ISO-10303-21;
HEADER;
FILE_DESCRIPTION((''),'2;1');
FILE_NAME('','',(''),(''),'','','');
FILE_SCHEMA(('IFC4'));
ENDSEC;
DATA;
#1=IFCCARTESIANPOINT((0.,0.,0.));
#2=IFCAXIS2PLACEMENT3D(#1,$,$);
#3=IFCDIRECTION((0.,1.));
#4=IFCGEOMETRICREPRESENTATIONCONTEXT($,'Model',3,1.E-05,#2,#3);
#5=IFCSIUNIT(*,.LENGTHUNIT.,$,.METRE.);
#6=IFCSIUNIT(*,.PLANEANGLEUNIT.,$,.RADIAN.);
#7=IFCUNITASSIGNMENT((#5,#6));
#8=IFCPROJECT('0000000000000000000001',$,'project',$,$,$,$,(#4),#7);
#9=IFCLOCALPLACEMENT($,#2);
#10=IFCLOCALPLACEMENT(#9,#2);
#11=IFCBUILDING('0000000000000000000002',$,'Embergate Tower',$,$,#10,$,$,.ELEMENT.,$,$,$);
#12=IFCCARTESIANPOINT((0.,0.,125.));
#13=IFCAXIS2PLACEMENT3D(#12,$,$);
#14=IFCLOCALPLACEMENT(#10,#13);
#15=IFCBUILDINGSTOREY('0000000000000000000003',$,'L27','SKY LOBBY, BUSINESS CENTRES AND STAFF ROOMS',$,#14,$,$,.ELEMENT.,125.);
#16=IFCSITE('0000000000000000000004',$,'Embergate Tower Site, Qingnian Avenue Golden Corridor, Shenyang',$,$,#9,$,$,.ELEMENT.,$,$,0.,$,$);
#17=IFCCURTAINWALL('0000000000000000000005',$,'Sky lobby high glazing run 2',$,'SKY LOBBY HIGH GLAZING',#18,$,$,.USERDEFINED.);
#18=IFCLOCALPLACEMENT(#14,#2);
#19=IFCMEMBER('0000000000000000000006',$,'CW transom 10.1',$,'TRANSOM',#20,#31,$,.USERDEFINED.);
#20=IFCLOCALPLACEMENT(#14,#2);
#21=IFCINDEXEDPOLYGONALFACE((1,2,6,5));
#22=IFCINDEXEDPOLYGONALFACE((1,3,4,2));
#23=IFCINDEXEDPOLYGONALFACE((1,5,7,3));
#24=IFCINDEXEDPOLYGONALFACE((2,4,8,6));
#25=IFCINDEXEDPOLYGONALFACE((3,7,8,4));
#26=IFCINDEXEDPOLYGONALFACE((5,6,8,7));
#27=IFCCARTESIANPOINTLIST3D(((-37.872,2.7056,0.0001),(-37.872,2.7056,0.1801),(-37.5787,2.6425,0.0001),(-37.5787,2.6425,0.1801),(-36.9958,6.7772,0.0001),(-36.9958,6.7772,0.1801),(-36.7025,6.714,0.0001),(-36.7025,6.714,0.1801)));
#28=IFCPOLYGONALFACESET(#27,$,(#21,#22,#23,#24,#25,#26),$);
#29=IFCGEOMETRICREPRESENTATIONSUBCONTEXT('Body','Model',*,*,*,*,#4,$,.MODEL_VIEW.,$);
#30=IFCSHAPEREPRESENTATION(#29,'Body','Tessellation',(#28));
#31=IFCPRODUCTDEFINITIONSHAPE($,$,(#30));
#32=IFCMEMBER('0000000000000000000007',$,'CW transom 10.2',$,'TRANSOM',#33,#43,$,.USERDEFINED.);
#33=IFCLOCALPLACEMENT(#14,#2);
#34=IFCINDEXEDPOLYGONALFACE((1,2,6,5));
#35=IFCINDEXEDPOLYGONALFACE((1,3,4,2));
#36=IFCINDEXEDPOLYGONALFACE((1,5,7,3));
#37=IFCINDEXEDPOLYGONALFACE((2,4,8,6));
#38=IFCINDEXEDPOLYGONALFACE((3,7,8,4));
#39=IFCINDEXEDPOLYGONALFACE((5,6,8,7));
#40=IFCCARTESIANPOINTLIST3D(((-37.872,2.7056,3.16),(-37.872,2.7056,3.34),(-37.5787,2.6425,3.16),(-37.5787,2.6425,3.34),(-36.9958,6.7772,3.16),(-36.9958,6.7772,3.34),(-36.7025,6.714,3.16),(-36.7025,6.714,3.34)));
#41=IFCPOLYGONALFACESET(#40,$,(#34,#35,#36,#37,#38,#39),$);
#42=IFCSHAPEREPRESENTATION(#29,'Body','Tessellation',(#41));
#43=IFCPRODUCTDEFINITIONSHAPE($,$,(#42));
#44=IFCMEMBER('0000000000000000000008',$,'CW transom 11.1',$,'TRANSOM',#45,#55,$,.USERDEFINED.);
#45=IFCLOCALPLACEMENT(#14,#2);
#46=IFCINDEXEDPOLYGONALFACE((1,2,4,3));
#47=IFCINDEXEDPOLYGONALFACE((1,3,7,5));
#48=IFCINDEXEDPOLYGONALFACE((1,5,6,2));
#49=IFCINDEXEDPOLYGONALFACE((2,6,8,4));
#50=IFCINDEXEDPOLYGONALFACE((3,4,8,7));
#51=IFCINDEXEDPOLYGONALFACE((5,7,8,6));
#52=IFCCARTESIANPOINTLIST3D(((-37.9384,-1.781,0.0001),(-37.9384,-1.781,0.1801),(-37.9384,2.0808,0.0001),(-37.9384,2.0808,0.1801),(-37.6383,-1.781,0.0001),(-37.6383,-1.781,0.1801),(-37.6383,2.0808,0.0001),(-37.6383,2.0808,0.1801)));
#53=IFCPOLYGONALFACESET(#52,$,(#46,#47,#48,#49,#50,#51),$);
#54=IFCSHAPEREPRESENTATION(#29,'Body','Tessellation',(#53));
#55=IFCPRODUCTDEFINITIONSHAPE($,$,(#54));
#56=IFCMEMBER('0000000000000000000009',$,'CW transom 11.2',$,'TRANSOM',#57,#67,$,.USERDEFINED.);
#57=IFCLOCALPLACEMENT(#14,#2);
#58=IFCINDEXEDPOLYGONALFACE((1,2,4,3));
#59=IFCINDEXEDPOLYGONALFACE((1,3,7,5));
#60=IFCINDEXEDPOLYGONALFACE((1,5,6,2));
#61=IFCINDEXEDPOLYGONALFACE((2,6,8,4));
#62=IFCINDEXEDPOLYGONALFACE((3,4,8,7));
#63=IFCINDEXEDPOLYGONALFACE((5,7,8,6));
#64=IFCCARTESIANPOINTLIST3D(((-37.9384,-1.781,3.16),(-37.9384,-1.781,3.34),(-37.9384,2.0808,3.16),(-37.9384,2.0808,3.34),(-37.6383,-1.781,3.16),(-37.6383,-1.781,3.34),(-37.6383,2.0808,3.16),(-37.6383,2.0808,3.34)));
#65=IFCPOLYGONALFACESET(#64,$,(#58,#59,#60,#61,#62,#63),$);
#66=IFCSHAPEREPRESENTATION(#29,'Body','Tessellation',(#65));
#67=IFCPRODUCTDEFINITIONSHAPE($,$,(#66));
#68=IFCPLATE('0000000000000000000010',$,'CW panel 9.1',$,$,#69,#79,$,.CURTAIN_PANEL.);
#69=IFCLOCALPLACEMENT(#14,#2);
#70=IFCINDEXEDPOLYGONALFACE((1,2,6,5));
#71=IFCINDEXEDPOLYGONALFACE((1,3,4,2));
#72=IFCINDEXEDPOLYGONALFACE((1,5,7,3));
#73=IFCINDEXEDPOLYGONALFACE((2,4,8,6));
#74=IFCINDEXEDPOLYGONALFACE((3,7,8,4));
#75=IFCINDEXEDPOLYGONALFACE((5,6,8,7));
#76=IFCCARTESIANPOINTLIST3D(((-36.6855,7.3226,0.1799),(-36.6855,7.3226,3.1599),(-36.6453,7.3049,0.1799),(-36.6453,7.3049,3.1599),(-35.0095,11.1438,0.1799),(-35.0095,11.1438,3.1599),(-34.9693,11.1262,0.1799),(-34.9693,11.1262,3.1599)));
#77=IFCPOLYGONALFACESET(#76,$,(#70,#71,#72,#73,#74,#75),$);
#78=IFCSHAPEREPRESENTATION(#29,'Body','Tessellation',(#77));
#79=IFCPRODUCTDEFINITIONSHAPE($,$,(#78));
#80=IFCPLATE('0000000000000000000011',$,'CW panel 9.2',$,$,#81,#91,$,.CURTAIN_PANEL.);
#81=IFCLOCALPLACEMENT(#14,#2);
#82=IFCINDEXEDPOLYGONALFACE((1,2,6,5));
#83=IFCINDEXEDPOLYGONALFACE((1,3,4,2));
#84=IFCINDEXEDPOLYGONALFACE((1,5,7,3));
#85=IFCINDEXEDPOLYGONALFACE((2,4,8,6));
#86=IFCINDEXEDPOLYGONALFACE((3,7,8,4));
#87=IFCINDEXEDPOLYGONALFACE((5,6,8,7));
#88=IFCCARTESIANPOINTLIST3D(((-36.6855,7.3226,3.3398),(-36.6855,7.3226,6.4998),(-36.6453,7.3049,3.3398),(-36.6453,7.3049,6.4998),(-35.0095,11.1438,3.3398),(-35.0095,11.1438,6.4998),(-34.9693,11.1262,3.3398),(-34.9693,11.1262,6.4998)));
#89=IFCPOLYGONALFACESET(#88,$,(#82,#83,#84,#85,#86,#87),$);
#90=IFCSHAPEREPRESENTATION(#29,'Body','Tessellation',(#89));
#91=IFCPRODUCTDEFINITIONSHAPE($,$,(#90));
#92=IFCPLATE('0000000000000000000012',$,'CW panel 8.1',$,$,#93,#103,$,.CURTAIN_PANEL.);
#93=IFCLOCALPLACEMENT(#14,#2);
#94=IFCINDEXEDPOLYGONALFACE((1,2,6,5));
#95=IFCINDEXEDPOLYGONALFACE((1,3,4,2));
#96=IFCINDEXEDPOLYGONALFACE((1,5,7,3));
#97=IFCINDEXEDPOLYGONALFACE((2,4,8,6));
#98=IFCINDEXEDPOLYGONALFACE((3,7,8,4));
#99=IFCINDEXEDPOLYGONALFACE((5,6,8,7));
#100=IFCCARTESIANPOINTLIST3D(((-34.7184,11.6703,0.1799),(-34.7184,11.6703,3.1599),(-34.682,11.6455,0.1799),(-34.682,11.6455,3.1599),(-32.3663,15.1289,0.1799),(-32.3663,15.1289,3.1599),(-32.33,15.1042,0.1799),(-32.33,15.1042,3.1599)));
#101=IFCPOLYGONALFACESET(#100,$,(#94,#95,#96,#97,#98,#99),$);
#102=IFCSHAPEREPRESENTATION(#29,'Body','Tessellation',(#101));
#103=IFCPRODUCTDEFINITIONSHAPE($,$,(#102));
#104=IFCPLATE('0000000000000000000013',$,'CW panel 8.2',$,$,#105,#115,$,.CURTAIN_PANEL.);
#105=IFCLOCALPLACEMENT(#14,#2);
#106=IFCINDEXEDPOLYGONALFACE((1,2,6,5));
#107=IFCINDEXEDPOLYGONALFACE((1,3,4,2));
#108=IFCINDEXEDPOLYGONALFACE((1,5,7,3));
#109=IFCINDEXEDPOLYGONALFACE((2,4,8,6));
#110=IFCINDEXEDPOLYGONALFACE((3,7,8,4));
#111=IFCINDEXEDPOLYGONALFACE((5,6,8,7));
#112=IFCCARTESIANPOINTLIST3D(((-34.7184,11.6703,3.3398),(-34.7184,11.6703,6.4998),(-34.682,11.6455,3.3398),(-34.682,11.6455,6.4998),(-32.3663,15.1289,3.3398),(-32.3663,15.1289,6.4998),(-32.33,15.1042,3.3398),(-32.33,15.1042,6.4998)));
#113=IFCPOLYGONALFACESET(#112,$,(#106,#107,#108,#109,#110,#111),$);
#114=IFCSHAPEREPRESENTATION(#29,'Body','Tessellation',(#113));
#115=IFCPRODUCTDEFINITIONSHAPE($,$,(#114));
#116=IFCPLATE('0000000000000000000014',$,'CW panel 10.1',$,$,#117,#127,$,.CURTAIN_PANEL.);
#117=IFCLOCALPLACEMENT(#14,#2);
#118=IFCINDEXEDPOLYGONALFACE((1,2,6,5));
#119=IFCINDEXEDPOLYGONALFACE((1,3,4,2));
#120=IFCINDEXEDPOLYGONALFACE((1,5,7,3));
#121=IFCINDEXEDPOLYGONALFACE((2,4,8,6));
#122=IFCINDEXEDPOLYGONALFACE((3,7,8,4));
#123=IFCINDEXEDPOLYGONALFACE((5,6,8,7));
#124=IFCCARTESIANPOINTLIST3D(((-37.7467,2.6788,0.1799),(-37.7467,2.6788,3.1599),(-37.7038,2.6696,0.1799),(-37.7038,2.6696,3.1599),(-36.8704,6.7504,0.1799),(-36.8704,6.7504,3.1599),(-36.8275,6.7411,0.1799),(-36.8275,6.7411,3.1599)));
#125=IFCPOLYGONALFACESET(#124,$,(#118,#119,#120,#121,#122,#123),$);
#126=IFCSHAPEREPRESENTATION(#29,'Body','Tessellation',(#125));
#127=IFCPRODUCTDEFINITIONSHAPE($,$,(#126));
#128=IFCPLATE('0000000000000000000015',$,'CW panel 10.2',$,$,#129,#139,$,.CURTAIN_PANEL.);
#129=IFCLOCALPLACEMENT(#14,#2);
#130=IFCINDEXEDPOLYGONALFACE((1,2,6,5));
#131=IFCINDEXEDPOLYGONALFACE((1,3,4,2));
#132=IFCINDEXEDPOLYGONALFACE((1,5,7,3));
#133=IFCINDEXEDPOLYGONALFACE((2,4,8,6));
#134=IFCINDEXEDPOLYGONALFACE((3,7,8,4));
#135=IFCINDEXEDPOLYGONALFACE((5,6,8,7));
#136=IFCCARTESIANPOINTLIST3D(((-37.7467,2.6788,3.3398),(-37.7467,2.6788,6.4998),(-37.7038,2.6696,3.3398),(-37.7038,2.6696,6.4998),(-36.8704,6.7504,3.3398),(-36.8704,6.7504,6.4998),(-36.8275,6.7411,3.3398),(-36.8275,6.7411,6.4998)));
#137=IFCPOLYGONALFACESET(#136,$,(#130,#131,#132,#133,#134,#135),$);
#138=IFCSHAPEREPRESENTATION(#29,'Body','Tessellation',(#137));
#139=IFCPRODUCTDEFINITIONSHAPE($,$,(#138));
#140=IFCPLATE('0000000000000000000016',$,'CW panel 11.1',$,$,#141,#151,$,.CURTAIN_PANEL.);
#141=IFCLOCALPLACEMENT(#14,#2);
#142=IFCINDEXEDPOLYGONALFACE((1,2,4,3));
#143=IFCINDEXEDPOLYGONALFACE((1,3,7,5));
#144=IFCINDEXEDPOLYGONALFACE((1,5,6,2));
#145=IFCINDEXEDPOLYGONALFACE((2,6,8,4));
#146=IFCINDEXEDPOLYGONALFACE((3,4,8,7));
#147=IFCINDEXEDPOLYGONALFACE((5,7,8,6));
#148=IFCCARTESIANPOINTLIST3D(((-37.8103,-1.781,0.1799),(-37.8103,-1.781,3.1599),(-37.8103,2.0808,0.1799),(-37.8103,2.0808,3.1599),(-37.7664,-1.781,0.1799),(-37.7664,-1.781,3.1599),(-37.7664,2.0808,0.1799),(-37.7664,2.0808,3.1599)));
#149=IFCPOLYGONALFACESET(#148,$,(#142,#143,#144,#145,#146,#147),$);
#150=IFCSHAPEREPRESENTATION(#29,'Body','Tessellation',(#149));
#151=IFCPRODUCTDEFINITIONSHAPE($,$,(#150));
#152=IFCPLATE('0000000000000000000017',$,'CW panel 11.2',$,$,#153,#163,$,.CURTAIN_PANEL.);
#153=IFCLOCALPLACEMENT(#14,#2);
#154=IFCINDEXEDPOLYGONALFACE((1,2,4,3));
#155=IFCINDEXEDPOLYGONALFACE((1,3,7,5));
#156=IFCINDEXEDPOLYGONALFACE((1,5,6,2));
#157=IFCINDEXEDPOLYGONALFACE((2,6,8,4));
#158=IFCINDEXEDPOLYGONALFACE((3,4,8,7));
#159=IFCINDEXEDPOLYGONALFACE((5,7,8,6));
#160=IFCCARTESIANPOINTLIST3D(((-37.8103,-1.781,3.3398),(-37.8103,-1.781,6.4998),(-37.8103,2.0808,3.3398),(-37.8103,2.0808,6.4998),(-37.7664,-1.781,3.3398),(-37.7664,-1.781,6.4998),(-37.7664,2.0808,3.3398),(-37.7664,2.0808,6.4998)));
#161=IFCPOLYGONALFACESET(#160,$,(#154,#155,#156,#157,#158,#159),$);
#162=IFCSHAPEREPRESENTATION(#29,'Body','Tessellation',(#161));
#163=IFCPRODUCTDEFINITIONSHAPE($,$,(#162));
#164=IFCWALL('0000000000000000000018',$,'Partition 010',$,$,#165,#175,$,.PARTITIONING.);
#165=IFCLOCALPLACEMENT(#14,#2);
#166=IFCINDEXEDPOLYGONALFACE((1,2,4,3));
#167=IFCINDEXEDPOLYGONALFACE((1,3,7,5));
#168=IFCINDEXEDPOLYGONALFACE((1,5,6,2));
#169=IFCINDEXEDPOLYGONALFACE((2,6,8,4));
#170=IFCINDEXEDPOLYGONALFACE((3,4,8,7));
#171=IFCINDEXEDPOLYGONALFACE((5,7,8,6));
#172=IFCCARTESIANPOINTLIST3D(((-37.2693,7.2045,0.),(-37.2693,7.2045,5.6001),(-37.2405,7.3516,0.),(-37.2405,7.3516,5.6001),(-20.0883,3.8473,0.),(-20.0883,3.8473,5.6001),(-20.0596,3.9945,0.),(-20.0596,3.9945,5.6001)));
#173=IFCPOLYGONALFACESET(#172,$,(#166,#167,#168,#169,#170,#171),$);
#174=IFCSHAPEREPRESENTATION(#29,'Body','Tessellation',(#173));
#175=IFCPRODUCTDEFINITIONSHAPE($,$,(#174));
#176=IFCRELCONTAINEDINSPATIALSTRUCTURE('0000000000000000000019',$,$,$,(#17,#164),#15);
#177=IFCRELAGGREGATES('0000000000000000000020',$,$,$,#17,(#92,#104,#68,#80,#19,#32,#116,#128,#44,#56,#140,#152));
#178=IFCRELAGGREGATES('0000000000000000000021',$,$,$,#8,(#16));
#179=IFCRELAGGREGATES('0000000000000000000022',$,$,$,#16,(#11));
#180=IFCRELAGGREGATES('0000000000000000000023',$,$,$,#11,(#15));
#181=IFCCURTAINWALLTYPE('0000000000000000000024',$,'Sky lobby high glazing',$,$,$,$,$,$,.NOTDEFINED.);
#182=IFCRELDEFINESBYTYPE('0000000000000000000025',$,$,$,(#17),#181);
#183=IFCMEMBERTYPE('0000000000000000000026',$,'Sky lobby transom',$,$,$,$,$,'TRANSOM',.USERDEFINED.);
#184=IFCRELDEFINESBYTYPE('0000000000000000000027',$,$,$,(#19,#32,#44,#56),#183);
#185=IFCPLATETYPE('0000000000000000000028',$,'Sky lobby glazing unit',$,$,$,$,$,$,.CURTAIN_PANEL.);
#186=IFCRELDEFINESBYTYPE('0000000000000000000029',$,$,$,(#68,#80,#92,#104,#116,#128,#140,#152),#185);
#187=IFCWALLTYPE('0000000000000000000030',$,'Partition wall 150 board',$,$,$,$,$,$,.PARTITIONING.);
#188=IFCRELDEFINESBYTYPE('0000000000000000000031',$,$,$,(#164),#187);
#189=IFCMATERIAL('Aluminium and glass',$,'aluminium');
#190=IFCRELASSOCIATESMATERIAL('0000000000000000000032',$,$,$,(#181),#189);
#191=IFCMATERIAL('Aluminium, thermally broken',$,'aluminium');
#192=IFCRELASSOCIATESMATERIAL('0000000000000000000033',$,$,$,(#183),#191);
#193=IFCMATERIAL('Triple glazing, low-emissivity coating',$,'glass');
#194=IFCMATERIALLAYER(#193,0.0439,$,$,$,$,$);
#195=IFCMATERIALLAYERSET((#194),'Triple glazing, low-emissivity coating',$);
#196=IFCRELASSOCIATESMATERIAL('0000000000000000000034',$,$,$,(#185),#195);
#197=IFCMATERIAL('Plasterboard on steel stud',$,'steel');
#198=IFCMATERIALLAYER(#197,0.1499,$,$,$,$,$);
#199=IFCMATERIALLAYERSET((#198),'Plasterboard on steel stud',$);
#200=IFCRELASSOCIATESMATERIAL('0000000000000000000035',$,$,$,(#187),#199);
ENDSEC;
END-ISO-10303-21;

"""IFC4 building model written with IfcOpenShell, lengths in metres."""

from ifc_helpers import new_model, si_unit, direction, frame, frame_2d, origin, origin_2d, place, context, subcontext, project, spatial, rectangle, extrude, source, transform, mapped, material, layer, layer_set, material_profile, profile_set, type_object, element, aggregate, save


model = new_model("IFC4")

# Units and contexts
model_context = context("Model", 3, precision=1e-05, world=origin(), true_north=direction((0.0, 1.0)))
body_context = subcontext(model_context, "Body", "Model", "MODEL_VIEW")
ifc_project = project(units=[si_unit("LENGTHUNIT", "METRE"), si_unit("PLANEANGLEUNIT", "RADIAN")], contexts=[model_context])

# Site, building, storey
site_placement = place(None, origin())
site = spatial("IfcSite", under=ifc_project, at=site_placement, Name="Embergate Tower Site, Qingnian Avenue Golden Corridor, Shenyang", CompositionType="ELEMENT", RefElevation=0.0)
building_placement = place(site_placement, origin())
building = spatial("IfcBuilding", under=site, at=building_placement, Name="Embergate Tower", CompositionType="ELEMENT")
storey_placement = place(building_placement, frame((0.0, 0.0, 125.0)))
storey = spatial("IfcBuildingStorey", under=building, at=storey_placement, Name="L27", Description="SKY LOBBY, BUSINESS CENTRES AND STAFF ROOMS", CompositionType="ELEMENT", Elevation=125.0)

# Curtain wall, members, plates
ifc_material_1 = material(Name="Aluminium and glass", Category="aluminium")
curtain_wall_type = type_object("IfcCurtainWallType", Name="Sky lobby high glazing", PredefinedType="NOTDEFINED", material=ifc_material_1)
curtain_wall_placement = place(storey_placement, origin())
curtain_wall = element("IfcCurtainWall", 1, at=curtain_wall_placement, inside=storey, type_object=curtain_wall_type, Name="Sky lobby high glazing run 2", ObjectType="SKY LOBBY HIGH GLAZING", PredefinedType="USERDEFINED")
ifc_material_2 = material(Name="Aluminium, thermally broken", Category="aluminium")
ifc_material_profile_1 = material_profile(ifc_material_2, rectangle(XDim=0.3, YDim=0.1799, at=origin_2d()), Name="AL 180x300")
ifc_profile_set_1 = profile_set([ifc_material_profile_1], Name="Aluminium, thermally broken")
member_type_1 = type_object("IfcMemberType", Name="Sky lobby transom", ElementType="TRANSOM", PredefinedType="USERDEFINED", material=ifc_profile_set_1)
shared_shape_1 = source(origin(), body_context, "Body", "SweptSolid", [
    extrude(rectangle(XDim=0.3, YDim=0.1799, at=origin_2d()), origin(), (0.0, 0.0, 1.0), 4.1648),
])
member_1_placement = place(storey_placement, frame((-36.8491, 6.7456, 0.0901), z_axis=(-0.21039, -0.977618, 0.0), x_axis=(0.977618, -0.21039, 0.0)))
member_1 = element("IfcMember", 2, at=member_1_placement, type_object=member_type_1, Name="CW transom 10.1", ObjectType="TRANSOM", PredefinedType="USERDEFINED", context=body_context, shape_type="MappedRepresentation", body=[
    mapped(shared_shape_1, transform((0.0, 0.0, 0.0))),
])
member_2_placement = place(storey_placement, frame((-36.8491, 6.7456, 3.25), z_axis=(-0.21039, -0.977618, 0.0), x_axis=(0.977618, -0.21039, 0.0)))
member_2 = element("IfcMember", 3, at=member_2_placement, type_object=member_type_1, Name="CW transom 10.2", ObjectType="TRANSOM", PredefinedType="USERDEFINED", context=body_context, shape_type="MappedRepresentation", body=[
    mapped(shared_shape_1, transform((0.0, 0.0, 0.0))),
])
shared_shape_2 = source(origin(), body_context, "Body", "SweptSolid", [
    extrude(rectangle(XDim=0.3, YDim=0.1799, at=origin_2d()), origin(), (0.0, 0.0, 1.0), 3.8618),
])
member_3_placement = place(storey_placement, frame((-37.7883, 2.0808, 0.0901), z_axis=(0.0, -1.0, 0.0), x_axis=(1.0, 0.0, 0.0)))
member_3 = element("IfcMember", 4, at=member_3_placement, type_object=member_type_1, Name="CW transom 11.1", ObjectType="TRANSOM", PredefinedType="USERDEFINED", context=body_context, shape_type="MappedRepresentation", body=[
    mapped(shared_shape_2, transform((0.0, 0.0, 0.0))),
])
member_4_placement = place(storey_placement, frame((-37.7883, 2.0808, 3.25), z_axis=(0.0, -1.0, 0.0), x_axis=(1.0, 0.0, 0.0)))
member_4 = element("IfcMember", 5, at=member_4_placement, type_object=member_type_1, Name="CW transom 11.2", ObjectType="TRANSOM", PredefinedType="USERDEFINED", context=body_context, shape_type="MappedRepresentation", body=[
    mapped(shared_shape_2, transform((0.0, 0.0, 0.0))),
])
ifc_material_3 = material(Name="Triple glazing, low-emissivity coating", Category="glass")
ifc_layer_1 = layer(ifc_material_3, 0.0439)
ifc_layer_set_1 = layer_set([ifc_layer_1], Name="Triple glazing, low-emissivity coating")
plate_type = type_object("IfcPlateType", Name="Sky lobby glazing unit", PredefinedType="CURTAIN_PANEL", material=ifc_layer_set_1)
shared_shape_3 = source(origin(), body_context, "Body", "SweptSolid", [
    extrude(rectangle(XDim=4.1726, YDim=0.0439, at=origin_2d()), origin(), (0.0, 0.0, 1.0), 2.98),
])
plate_1_placement = place(storey_placement, frame((-35.8274, 9.2244, 0.1799), z_axis=(0.0, 0.0, 1.0), x_axis=(-0.401658, -0.91579, 0.0)))
plate_1 = element("IfcPlate", 6, at=plate_1_placement, type_object=plate_type, Name="CW panel 9.1", PredefinedType="CURTAIN_PANEL", context=body_context, shape_type="MappedRepresentation", body=[
    mapped(shared_shape_3, transform((0.0, 0.0, 0.0))),
])
shared_shape_4 = source(origin(), body_context, "Body", "SweptSolid", [
    extrude(rectangle(XDim=4.1726, YDim=0.0439, at=origin_2d()), origin(), (0.0, 0.0, 1.0), 3.1599),
])
plate_2_placement = place(storey_placement, frame((-35.8274, 9.2244, 3.3398), z_axis=(0.0, 0.0, 1.0), x_axis=(-0.401658, -0.91579, 0.0)))
plate_2 = element("IfcPlate", 7, at=plate_2_placement, type_object=plate_type, Name="CW panel 9.2", PredefinedType="CURTAIN_PANEL", context=body_context, shape_type="MappedRepresentation", body=[
    mapped(shared_shape_4, transform((0.0, 0.0, 0.0))),
])
shared_shape_5 = source(origin(), body_context, "Body", "SweptSolid", [
    extrude(rectangle(XDim=4.1826, YDim=0.0439, at=origin_2d()), origin(), (0.0, 0.0, 1.0), 2.98),
])
plate_3_placement = place(storey_placement, frame((-33.5242, 13.3872, 0.1799), z_axis=(0.0, 0.0, 1.0), x_axis=(-0.562348, -0.826901, 0.0)))
plate_3 = element("IfcPlate", 8, at=plate_3_placement, type_object=plate_type, Name="CW panel 8.1", PredefinedType="CURTAIN_PANEL", context=body_context, shape_type="MappedRepresentation", body=[
    mapped(shared_shape_5, transform((0.0, 0.0, 0.0))),
])
shared_shape_6 = source(origin(), body_context, "Body", "SweptSolid", [
    extrude(rectangle(XDim=4.1826, YDim=0.0439, at=origin_2d()), origin(), (0.0, 0.0, 1.0), 3.1599),
])
plate_4_placement = place(storey_placement, frame((-33.5242, 13.3872, 3.3398), z_axis=(0.0, 0.0, 1.0), x_axis=(-0.562348, -0.826901, 0.0)))
plate_4 = element("IfcPlate", 9, at=plate_4_placement, type_object=plate_type, Name="CW panel 8.2", PredefinedType="CURTAIN_PANEL", context=body_context, shape_type="MappedRepresentation", body=[
    mapped(shared_shape_6, transform((0.0, 0.0, 0.0))),
])
shared_shape_7 = source(origin(), body_context, "Body", "SweptSolid", [
    extrude(rectangle(XDim=4.1648, YDim=0.0439, at=origin_2d()), origin(), (0.0, 0.0, 1.0), 2.98),
])
plate_5_placement = place(storey_placement, frame((-37.2871, 4.71, 0.1799), z_axis=(0.0, 0.0, 1.0), x_axis=(-0.210402, -0.977615, 0.0)))
plate_5 = element("IfcPlate", 10, at=plate_5_placement, type_object=plate_type, Name="CW panel 10.1", PredefinedType="CURTAIN_PANEL", context=body_context, shape_type="MappedRepresentation", body=[
    mapped(shared_shape_7, transform((0.0, 0.0, 0.0))),
])
shared_shape_8 = source(origin(), body_context, "Body", "SweptSolid", [
    extrude(rectangle(XDim=4.1648, YDim=0.0439, at=origin_2d()), origin(), (0.0, 0.0, 1.0), 3.1599),
])
plate_6_placement = place(storey_placement, frame((-37.2871, 4.71, 3.3398), z_axis=(0.0, 0.0, 1.0), x_axis=(-0.210402, -0.977615, 0.0)))
plate_6 = element("IfcPlate", 11, at=plate_6_placement, type_object=plate_type, Name="CW panel 10.2", PredefinedType="CURTAIN_PANEL", context=body_context, shape_type="MappedRepresentation", body=[
    mapped(shared_shape_8, transform((0.0, 0.0, 0.0))),
])
shared_shape_9 = source(origin(), body_context, "Body", "SweptSolid", [
    extrude(rectangle(XDim=3.8618, YDim=0.0439, at=origin_2d()), origin(), (0.0, 0.0, 1.0), 2.98),
])
plate_7_placement = place(storey_placement, frame((-37.7883, 0.1499, 0.1799), z_axis=(0.0, 0.0, 1.0), x_axis=(0.0, -1.0, 0.0)))
plate_7 = element("IfcPlate", 12, at=plate_7_placement, type_object=plate_type, Name="CW panel 11.1", PredefinedType="CURTAIN_PANEL", context=body_context, shape_type="MappedRepresentation", body=[
    mapped(shared_shape_9, transform((0.0, 0.0, 0.0))),
])
shared_shape_10 = source(origin(), body_context, "Body", "SweptSolid", [
    extrude(rectangle(XDim=3.8618, YDim=0.0439, at=origin_2d()), origin(), (0.0, 0.0, 1.0), 3.1599),
])
plate_8_placement = place(storey_placement, frame((-37.7883, 0.1499, 3.3398), z_axis=(0.0, 0.0, 1.0), x_axis=(0.0, -1.0, 0.0)))
plate_8 = element("IfcPlate", 13, at=plate_8_placement, type_object=plate_type, Name="CW panel 11.2", PredefinedType="CURTAIN_PANEL", context=body_context, shape_type="MappedRepresentation", body=[
    mapped(shared_shape_10, transform((0.0, 0.0, 0.0))),
])
aggregate(curtain_wall, [plate_3, plate_4, plate_1, plate_2, member_1, member_2, plate_5, plate_6, member_3, member_4, plate_7, plate_8])

# Wall
ifc_material_4 = material(Name="Plasterboard on steel stud", Category="steel")
ifc_layer_2 = layer(ifc_material_4, 0.1499)
ifc_layer_set_2 = layer_set([ifc_layer_2], Name="Plasterboard on steel stud")
wall_type = type_object("IfcWallType", Name="Partition wall 150 board", PredefinedType="PARTITIONING", material=ifc_layer_set_2)
shared_shape_11 = source(origin(), body_context, "Body", "SweptSolid", [
    extrude(rectangle(XDim=17.5059, YDim=0.1499, at=frame_2d((8.7529, 0.0))), origin(), (0.0, 0.0, 1.0), 5.6001),
])
wall_1_placement = place(storey_placement, frame((-20.074, 3.9209, 0.0), z_axis=(0.0, 0.0, 1.0), x_axis=(-0.981439, 0.191775, 0.0)))
element("IfcWall", 14, at=wall_1_placement, inside=storey, type_object=wall_type, Name="Partition 010", PredefinedType="PARTITIONING", context=body_context, shape_type="MappedRepresentation", body=[
    mapped(shared_shape_11, transform((0.0, 0.0, 0.0))),
])

save(model, "model.ifc")
